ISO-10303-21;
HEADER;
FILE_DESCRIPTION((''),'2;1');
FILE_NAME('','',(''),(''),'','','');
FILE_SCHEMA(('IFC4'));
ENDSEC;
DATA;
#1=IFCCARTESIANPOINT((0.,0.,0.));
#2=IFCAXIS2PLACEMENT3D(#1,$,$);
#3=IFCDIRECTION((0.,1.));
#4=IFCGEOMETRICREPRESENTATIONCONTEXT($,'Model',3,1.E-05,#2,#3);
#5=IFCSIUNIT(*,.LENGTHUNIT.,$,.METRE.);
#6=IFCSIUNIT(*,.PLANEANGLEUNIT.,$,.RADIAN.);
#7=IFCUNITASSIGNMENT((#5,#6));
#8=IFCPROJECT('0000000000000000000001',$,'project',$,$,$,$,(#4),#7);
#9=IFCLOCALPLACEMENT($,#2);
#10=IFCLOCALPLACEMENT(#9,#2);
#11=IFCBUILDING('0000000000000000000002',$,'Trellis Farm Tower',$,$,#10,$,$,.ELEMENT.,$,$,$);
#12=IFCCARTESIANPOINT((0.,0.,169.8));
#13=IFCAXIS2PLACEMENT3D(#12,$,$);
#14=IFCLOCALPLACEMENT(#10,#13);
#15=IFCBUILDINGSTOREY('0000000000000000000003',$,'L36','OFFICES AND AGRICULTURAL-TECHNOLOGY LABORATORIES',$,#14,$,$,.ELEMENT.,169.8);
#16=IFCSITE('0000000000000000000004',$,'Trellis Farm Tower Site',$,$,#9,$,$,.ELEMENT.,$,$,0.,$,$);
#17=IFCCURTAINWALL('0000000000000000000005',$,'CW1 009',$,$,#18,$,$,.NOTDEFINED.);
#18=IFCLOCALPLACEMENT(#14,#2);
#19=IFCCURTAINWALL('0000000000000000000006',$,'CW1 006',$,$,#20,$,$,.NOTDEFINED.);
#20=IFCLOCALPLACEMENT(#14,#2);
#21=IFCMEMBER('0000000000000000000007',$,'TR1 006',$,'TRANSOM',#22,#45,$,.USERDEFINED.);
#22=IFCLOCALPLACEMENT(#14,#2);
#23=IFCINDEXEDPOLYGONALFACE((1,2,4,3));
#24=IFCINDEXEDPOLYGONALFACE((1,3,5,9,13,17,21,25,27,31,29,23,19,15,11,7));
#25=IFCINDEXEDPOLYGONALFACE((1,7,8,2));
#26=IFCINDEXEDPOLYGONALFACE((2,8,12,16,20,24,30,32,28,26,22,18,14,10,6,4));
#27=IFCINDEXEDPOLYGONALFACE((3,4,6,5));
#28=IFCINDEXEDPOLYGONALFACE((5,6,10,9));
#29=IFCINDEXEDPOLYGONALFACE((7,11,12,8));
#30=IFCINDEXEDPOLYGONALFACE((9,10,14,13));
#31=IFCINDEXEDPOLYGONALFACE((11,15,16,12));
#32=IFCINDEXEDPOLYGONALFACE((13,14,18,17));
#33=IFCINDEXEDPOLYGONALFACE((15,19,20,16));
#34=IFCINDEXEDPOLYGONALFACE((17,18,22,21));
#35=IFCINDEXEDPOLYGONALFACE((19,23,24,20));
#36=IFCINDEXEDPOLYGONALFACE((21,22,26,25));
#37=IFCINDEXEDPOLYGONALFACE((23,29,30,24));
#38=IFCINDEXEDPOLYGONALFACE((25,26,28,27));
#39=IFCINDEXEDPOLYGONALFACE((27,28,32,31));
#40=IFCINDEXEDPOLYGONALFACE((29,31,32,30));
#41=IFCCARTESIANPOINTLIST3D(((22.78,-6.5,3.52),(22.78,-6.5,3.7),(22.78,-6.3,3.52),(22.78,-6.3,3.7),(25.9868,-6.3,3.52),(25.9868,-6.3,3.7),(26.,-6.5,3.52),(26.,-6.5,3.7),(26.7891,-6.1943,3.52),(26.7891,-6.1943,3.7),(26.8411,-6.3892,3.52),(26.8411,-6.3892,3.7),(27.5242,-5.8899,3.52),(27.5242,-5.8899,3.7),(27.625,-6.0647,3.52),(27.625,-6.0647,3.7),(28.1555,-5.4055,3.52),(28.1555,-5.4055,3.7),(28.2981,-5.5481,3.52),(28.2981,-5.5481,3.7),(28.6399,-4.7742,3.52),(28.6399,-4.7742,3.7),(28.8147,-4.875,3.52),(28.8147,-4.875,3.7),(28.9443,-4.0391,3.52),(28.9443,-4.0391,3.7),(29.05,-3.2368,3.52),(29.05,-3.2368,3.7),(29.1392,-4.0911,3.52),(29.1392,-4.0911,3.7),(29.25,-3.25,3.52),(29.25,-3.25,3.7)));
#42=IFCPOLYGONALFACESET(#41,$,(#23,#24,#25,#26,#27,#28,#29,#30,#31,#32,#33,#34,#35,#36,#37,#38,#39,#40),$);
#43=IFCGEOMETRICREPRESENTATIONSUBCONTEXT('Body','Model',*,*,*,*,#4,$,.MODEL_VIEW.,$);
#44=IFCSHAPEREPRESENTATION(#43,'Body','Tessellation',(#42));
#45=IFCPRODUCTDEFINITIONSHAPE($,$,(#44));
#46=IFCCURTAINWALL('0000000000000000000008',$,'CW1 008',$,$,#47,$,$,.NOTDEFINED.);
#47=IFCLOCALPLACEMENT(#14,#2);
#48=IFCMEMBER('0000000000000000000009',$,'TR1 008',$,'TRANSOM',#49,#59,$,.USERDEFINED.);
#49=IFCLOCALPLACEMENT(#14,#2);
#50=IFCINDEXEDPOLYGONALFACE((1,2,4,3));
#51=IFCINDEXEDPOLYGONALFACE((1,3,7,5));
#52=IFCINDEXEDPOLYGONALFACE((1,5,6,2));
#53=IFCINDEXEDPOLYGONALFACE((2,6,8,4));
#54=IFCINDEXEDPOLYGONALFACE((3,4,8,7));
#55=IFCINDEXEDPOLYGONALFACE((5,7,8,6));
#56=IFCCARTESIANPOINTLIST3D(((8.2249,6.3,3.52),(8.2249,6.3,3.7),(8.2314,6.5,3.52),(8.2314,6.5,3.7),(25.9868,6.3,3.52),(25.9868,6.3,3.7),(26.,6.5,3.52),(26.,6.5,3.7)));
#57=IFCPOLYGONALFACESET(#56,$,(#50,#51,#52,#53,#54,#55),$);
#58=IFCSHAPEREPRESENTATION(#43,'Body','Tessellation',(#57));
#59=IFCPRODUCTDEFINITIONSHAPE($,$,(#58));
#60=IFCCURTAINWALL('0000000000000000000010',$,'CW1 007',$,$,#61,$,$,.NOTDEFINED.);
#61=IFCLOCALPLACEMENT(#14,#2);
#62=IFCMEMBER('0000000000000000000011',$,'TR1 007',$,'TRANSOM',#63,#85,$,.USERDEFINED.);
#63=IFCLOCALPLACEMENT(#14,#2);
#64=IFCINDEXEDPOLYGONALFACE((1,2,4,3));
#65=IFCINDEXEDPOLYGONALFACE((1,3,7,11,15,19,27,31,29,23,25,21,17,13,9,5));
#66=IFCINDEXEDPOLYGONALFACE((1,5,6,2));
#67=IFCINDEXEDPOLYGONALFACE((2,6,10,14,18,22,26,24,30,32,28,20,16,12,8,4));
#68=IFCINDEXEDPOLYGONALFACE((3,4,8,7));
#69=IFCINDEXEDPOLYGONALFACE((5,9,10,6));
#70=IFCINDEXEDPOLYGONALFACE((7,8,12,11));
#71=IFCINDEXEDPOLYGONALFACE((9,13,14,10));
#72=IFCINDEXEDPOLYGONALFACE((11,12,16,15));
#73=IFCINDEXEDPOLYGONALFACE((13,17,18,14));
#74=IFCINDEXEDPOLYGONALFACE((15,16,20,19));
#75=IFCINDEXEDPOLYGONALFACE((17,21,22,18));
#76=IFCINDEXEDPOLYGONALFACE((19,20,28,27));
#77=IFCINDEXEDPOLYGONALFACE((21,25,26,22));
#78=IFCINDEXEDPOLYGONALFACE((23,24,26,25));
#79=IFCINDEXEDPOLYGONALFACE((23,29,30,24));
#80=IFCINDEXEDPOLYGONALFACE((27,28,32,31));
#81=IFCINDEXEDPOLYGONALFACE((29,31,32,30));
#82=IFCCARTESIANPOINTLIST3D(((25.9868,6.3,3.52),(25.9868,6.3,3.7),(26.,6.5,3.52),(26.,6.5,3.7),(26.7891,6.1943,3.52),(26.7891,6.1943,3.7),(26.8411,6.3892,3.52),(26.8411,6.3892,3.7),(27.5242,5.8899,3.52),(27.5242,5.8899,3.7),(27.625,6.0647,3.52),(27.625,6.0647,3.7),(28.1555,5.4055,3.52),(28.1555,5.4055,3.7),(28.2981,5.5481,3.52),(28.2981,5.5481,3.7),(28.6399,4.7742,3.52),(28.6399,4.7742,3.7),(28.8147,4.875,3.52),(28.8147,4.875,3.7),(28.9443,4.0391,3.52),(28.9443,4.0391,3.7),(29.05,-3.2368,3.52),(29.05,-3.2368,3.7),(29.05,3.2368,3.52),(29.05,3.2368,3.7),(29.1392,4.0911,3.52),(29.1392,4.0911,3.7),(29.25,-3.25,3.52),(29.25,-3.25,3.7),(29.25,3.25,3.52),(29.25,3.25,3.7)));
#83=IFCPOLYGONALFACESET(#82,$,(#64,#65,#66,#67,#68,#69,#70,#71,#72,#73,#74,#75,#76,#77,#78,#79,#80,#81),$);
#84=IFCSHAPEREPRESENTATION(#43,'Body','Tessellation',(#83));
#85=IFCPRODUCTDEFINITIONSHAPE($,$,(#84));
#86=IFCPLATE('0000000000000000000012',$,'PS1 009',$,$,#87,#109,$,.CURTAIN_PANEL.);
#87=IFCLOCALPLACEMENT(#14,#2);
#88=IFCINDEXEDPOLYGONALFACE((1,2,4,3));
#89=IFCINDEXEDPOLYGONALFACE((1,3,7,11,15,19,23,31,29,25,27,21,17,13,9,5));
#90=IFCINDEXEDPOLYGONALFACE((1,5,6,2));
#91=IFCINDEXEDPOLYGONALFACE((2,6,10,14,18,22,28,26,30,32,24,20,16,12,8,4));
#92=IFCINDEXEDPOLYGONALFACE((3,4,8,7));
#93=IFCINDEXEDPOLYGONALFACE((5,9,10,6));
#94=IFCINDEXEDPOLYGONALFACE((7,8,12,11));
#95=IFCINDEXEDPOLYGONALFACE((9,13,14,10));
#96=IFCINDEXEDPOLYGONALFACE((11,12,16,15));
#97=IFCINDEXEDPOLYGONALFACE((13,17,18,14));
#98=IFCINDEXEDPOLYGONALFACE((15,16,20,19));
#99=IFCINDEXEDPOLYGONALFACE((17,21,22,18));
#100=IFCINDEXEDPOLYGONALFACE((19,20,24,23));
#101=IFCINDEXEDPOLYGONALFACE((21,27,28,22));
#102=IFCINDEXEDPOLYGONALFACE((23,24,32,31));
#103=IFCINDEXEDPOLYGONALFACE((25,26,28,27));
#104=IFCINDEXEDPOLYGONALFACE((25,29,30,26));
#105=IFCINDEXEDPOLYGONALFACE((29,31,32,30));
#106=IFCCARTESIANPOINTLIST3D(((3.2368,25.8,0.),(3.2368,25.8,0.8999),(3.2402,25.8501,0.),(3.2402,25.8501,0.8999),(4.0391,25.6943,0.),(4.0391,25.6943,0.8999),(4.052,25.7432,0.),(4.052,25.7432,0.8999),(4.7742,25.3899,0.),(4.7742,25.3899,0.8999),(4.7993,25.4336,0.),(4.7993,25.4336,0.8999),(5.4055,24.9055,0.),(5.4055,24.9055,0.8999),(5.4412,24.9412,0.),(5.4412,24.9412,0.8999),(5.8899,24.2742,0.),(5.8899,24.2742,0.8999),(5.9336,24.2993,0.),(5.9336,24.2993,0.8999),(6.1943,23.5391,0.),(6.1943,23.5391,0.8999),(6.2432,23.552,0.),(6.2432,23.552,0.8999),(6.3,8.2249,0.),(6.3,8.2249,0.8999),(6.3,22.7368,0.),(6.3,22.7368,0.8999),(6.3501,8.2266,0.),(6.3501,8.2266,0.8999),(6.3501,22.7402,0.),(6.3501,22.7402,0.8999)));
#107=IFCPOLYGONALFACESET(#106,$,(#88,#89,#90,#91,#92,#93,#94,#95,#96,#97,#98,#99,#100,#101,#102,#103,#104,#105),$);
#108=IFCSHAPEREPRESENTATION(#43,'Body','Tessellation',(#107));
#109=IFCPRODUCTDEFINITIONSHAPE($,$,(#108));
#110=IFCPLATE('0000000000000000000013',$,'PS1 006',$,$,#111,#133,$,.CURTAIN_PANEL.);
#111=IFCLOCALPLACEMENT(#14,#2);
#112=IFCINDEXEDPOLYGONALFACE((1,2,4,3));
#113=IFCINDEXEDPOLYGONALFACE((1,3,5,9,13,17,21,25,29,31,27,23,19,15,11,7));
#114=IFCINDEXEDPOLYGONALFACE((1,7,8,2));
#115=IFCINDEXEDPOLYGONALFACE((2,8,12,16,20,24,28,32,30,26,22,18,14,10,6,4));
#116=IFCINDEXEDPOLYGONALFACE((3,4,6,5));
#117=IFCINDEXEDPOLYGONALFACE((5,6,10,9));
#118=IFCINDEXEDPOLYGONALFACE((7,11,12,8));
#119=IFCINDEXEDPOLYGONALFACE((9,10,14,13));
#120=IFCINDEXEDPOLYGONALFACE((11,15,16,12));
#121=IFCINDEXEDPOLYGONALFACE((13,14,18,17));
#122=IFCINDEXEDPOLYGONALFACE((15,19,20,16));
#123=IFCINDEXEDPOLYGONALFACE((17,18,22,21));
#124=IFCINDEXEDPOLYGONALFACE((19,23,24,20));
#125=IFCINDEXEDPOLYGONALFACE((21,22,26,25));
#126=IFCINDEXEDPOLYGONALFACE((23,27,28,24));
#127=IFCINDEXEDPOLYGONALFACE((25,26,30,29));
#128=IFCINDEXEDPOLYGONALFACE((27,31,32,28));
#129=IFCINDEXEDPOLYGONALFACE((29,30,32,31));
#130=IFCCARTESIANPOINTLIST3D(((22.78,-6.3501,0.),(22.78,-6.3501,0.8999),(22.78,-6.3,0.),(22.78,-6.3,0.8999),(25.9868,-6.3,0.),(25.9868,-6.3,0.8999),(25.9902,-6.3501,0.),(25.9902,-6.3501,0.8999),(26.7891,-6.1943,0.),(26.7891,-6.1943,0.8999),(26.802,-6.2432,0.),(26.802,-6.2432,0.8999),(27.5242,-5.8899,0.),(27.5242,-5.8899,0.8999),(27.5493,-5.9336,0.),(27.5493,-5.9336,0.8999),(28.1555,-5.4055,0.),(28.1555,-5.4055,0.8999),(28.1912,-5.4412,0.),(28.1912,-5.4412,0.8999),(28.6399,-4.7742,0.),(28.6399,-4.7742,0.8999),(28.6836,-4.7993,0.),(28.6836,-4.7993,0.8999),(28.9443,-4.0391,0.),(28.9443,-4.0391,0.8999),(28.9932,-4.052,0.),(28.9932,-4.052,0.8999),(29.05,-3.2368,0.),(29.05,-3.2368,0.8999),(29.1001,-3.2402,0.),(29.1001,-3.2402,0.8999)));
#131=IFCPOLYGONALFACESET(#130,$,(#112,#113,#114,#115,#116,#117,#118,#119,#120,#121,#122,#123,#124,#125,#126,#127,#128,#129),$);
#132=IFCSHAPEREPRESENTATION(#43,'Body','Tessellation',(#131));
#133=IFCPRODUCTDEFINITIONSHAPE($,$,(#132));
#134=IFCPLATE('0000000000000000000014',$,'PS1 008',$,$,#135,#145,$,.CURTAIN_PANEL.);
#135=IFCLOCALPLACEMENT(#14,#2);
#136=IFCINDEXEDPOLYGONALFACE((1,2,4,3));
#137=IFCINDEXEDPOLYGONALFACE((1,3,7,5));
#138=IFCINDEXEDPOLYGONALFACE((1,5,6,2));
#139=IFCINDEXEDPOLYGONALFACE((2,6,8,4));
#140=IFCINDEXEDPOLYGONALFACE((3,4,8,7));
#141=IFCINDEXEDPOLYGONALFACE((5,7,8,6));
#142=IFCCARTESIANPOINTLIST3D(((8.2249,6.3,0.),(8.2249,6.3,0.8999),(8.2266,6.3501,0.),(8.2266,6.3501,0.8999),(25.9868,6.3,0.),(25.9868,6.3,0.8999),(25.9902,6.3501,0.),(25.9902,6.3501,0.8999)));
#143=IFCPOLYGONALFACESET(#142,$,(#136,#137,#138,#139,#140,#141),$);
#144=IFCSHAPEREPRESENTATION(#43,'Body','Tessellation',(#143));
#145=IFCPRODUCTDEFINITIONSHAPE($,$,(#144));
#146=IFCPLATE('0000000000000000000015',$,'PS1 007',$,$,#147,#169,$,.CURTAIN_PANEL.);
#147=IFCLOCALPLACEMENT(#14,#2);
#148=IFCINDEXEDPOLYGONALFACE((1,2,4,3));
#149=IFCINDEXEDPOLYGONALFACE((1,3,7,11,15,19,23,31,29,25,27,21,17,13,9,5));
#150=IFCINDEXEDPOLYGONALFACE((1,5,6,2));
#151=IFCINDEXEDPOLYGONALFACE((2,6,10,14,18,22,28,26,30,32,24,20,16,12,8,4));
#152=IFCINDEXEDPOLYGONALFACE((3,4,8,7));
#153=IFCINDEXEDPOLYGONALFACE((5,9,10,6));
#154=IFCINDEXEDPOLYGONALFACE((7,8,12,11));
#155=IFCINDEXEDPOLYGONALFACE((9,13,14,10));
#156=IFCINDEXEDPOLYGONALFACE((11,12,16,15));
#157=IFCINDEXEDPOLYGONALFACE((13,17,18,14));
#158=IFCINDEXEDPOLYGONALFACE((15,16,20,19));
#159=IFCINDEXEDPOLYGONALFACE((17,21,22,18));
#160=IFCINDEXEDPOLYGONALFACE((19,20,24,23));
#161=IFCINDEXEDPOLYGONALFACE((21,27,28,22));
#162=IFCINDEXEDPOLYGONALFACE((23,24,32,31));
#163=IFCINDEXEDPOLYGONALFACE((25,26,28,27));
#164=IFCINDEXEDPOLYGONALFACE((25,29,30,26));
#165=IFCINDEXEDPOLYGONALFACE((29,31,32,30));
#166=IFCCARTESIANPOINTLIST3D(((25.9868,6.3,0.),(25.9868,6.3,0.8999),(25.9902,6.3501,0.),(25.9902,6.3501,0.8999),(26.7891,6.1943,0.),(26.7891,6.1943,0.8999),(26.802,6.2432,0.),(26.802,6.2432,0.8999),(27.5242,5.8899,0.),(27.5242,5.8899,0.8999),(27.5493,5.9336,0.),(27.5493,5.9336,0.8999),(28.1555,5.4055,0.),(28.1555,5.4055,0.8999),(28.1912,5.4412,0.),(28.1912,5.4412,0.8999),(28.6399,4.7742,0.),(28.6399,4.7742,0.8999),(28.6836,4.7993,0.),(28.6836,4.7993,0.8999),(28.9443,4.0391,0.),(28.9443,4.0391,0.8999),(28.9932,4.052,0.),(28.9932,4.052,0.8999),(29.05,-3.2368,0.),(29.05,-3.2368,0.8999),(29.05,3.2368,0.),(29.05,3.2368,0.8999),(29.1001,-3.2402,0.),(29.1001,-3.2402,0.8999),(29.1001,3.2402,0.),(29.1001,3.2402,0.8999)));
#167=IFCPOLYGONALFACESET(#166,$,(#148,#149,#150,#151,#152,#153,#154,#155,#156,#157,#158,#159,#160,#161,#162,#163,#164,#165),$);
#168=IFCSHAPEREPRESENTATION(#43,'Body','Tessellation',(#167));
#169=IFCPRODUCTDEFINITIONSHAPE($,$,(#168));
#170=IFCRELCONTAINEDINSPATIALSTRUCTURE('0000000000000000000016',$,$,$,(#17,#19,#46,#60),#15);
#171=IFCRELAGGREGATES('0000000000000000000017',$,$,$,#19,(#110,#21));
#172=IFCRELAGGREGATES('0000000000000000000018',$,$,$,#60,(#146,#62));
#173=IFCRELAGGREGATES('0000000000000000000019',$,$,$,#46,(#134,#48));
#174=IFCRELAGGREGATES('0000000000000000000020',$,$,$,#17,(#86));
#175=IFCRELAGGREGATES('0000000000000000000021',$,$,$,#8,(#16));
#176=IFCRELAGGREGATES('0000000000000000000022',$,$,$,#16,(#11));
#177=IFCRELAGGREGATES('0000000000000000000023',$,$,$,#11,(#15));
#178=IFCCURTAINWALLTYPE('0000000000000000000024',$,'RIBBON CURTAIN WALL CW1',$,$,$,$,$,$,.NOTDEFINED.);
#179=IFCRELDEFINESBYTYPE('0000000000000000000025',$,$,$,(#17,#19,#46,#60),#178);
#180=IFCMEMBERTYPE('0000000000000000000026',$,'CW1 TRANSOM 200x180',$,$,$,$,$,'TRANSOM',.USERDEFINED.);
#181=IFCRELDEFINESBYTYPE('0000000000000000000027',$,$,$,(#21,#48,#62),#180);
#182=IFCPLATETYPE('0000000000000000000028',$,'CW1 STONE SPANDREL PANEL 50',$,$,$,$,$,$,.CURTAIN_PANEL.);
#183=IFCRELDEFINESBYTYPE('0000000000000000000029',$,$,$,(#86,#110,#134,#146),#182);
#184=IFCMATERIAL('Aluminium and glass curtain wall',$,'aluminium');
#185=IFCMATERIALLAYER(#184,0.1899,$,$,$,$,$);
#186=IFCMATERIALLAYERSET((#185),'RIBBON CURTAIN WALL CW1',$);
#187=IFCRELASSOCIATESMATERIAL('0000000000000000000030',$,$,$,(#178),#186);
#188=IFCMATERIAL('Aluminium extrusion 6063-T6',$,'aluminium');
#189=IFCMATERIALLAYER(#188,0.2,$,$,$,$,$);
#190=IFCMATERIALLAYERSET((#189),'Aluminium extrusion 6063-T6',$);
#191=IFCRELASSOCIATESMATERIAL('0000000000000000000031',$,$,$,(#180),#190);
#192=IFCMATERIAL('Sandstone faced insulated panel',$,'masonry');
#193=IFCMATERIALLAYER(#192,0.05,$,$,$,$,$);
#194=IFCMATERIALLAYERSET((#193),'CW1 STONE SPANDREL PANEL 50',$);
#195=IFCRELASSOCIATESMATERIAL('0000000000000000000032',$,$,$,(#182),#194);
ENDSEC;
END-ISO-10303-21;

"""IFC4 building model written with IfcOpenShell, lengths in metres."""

from ifc_helpers import new_model, si_unit, direction, frame, origin, place, context, subcontext, project, spatial, polyline, outline, extrude, source, transform, mapped, material, layer, layer_set, type_object, element, aggregate, save


model = new_model("IFC4")

# Units and contexts
model_context = context("Model", 3, precision=1e-05, world=origin(), true_north=direction((0.0, 1.0)))
body_context = subcontext(model_context, "Body", "Model", "MODEL_VIEW")
ifc_project = project(units=[si_unit("LENGTHUNIT", "METRE"), si_unit("PLANEANGLEUNIT", "RADIAN")], contexts=[model_context])

# Site, building, storey
site_placement = place(None, origin())
site = spatial("IfcSite", under=ifc_project, at=site_placement, Name="Trellis Farm Tower Site", CompositionType="ELEMENT", RefElevation=0.0)
building_placement = place(site_placement, origin())
building = spatial("IfcBuilding", under=site, at=building_placement, Name="Trellis Farm Tower", CompositionType="ELEMENT")
storey_placement = place(building_placement, frame((0.0, 0.0, 169.8)))
storey = spatial("IfcBuildingStorey", under=building, at=storey_placement, Name="L36", Description="OFFICES AND AGRICULTURAL-TECHNOLOGY LABORATORIES", CompositionType="ELEMENT", Elevation=169.8)

# Curtain walls, members
ifc_material_1 = material(Name="Aluminium and glass curtain wall", Category="aluminium")
placement_1 = place(storey_placement, origin())
ifc_material_2 = material(Name="Aluminium extrusion 6063-T6", Category="aluminium")
ifc_layer_1 = layer(ifc_material_1, 0.1899)
ifc_layer_set_1 = layer_set([ifc_layer_1], Name="RIBBON CURTAIN WALL CW1")
curtain_wall_type_1 = type_object("IfcCurtainWallType", Name="RIBBON CURTAIN WALL CW1", PredefinedType="NOTDEFINED", material=ifc_layer_set_1)
curtain_wall_1 = element("IfcCurtainWall", 1, at=placement_1, inside=storey, type_object=curtain_wall_type_1, Name="CW1 009", PredefinedType="NOTDEFINED")
ifc_layer_2 = layer(ifc_material_2, 0.2)
ifc_layer_set_2 = layer_set([ifc_layer_2], Name="Aluminium extrusion 6063-T6")
member_type_1 = type_object("IfcMemberType", Name="CW1 TRANSOM 200x180", ElementType="TRANSOM", PredefinedType="USERDEFINED", material=ifc_layer_set_2)
placement_2 = place(storey_placement, frame((0.0, 0.0, 3.52)))
curtain_wall_2 = element("IfcCurtainWall", 2, at=placement_1, inside=storey, type_object=curtain_wall_type_1, Name="CW1 006", PredefinedType="NOTDEFINED")
shared_shape_1 = source(origin(), body_context, "Body", "SweptSolid", [
    extrude(outline(polyline([(22.78, -6.5), (26.0, -6.5), (26.8411, -6.3892), (27.625, -6.0647), (28.2981, -5.5481), (28.8147, -4.875), (29.1392, -4.0911), (29.25, -3.25), (29.05, -3.2368), (28.9443, -4.0391), (28.6399, -4.7742), (28.1555, -5.4055), (27.5242, -5.8899), (26.7891, -6.1943), (25.9868, -6.3), (22.78, -6.3), (22.78, -6.5)])), origin(), (0.0, 0.0, 1.0), 0.1799),
])
member_1 = element("IfcMember", 3, at=placement_2, type_object=member_type_1, Name="TR1 006", ObjectType="TRANSOM", PredefinedType="USERDEFINED", context=body_context, shape_type="MappedRepresentation", body=[
    mapped(shared_shape_1, transform((0.0, 0.0, 0.0))),
])
curtain_wall_3 = element("IfcCurtainWall", 4, at=placement_1, inside=storey, type_object=curtain_wall_type_1, Name="CW1 008", PredefinedType="NOTDEFINED")
shared_shape_2 = source(origin(), body_context, "Body", "SweptSolid", [
    extrude(outline(polyline([(26.0, 6.5), (8.2314, 6.5), (8.2249, 6.3), (25.9868, 6.3), (26.0, 6.5)])), origin(), (0.0, 0.0, 1.0), 0.1799),
])
member_2 = element("IfcMember", 5, at=placement_2, type_object=member_type_1, Name="TR1 008", ObjectType="TRANSOM", PredefinedType="USERDEFINED", context=body_context, shape_type="MappedRepresentation", body=[
    mapped(shared_shape_2, transform((0.0, 0.0, 0.0))),
])
curtain_wall_4 = element("IfcCurtainWall", 6, at=placement_1, inside=storey, type_object=curtain_wall_type_1, Name="CW1 007", PredefinedType="NOTDEFINED")
shared_shape_3 = source(origin(), body_context, "Body", "SweptSolid", [
    extrude(outline(polyline([(29.25, -3.25), (29.25, 3.25), (29.1392, 4.0911), (28.8147, 4.875), (28.2981, 5.5481), (27.625, 6.0647), (26.8411, 6.3892), (26.0, 6.5), (25.9868, 6.3), (26.7891, 6.1943), (27.5242, 5.8899), (28.1555, 5.4055), (28.6399, 4.7742), (28.9443, 4.0391), (29.05, 3.2368), (29.05, -3.2368), (29.25, -3.25)])), origin(), (0.0, 0.0, 1.0), 0.1799),
])
member_3 = element("IfcMember", 7, at=placement_2, type_object=member_type_1, Name="TR1 007", ObjectType="TRANSOM", PredefinedType="USERDEFINED", context=body_context, shape_type="MappedRepresentation", body=[
    mapped(shared_shape_3, transform((0.0, 0.0, 0.0))),
])

# Plates
ifc_material_3 = material(Name="Sandstone faced insulated panel", Category="masonry")
ifc_layer_3 = layer(ifc_material_3, 0.05)
ifc_layer_set_3 = layer_set([ifc_layer_3], Name="CW1 STONE SPANDREL PANEL 50")
plate_type_1 = type_object("IfcPlateType", Name="CW1 STONE SPANDREL PANEL 50", PredefinedType="CURTAIN_PANEL", material=ifc_layer_set_3)
shared_shape_4 = source(origin(), body_context, "Body", "SweptSolid", [
    extrude(outline(polyline([(6.3501, 8.2266), (6.3501, 22.7402), (6.2432, 23.552), (5.9336, 24.2993), (5.4412, 24.9412), (4.7993, 25.4336), (4.052, 25.7432), (3.2402, 25.8501), (3.2368, 25.8), (4.0391, 25.6943), (4.7742, 25.3899), (5.4055, 24.9055), (5.8899, 24.2742), (6.1943, 23.5391), (6.3, 22.7368), (6.3, 8.2249), (6.3501, 8.2266)])), origin(), (0.0, 0.0, 1.0), 0.8999),
])
plate_1 = element("IfcPlate", 8, at=placement_1, type_object=plate_type_1, Name="PS1 009", PredefinedType="CURTAIN_PANEL", context=body_context, shape_type="MappedRepresentation", body=[
    mapped(shared_shape_4, transform((0.0, 0.0, 0.0))),
])
shared_shape_5 = source(origin(), body_context, "Body", "SweptSolid", [
    extrude(outline(polyline([(22.78, -6.3501), (25.9902, -6.3501), (26.802, -6.2432), (27.5493, -5.9336), (28.1912, -5.4412), (28.6836, -4.7993), (28.9932, -4.052), (29.1001, -3.2402), (29.05, -3.2368), (28.9443, -4.0391), (28.6399, -4.7742), (28.1555, -5.4055), (27.5242, -5.8899), (26.7891, -6.1943), (25.9868, -6.3), (22.78, -6.3), (22.78, -6.3501)])), origin(), (0.0, 0.0, 1.0), 0.8999),
])
plate_2 = element("IfcPlate", 9, at=placement_1, type_object=plate_type_1, Name="PS1 006", PredefinedType="CURTAIN_PANEL", context=body_context, shape_type="MappedRepresentation", body=[
    mapped(shared_shape_5, transform((0.0, 0.0, 0.0))),
])
shared_shape_6 = source(origin(), body_context, "Body", "SweptSolid", [
    extrude(outline(polyline([(25.9902, 6.3501), (8.2266, 6.3501), (8.2249, 6.3), (25.9868, 6.3), (25.9902, 6.3501)])), origin(), (0.0, 0.0, 1.0), 0.8999),
])
plate_3 = element("IfcPlate", 10, at=placement_1, type_object=plate_type_1, Name="PS1 008", PredefinedType="CURTAIN_PANEL", context=body_context, shape_type="MappedRepresentation", body=[
    mapped(shared_shape_6, transform((0.0, 0.0, 0.0))),
])
shared_shape_7 = source(origin(), body_context, "Body", "SweptSolid", [
    extrude(outline(polyline([(29.1001, -3.2402), (29.1001, 3.2402), (28.9932, 4.052), (28.6836, 4.7993), (28.1912, 5.4412), (27.5493, 5.9336), (26.802, 6.2432), (25.9902, 6.3501), (25.9868, 6.3), (26.7891, 6.1943), (27.5242, 5.8899), (28.1555, 5.4055), (28.6399, 4.7742), (28.9443, 4.0391), (29.05, 3.2368), (29.05, -3.2368), (29.1001, -3.2402)])), origin(), (0.0, 0.0, 1.0), 0.8999),
])
plate_4 = element("IfcPlate", 11, at=placement_1, type_object=plate_type_1, Name="PS1 007", PredefinedType="CURTAIN_PANEL", context=body_context, shape_type="MappedRepresentation", body=[
    mapped(shared_shape_7, transform((0.0, 0.0, 0.0))),
])
aggregate(curtain_wall_2, [plate_2, member_1])
aggregate(curtain_wall_4, [plate_4, member_3])
aggregate(curtain_wall_3, [plate_3, member_2])
aggregate(curtain_wall_1, [plate_1])

save(model, "model.ifc")
